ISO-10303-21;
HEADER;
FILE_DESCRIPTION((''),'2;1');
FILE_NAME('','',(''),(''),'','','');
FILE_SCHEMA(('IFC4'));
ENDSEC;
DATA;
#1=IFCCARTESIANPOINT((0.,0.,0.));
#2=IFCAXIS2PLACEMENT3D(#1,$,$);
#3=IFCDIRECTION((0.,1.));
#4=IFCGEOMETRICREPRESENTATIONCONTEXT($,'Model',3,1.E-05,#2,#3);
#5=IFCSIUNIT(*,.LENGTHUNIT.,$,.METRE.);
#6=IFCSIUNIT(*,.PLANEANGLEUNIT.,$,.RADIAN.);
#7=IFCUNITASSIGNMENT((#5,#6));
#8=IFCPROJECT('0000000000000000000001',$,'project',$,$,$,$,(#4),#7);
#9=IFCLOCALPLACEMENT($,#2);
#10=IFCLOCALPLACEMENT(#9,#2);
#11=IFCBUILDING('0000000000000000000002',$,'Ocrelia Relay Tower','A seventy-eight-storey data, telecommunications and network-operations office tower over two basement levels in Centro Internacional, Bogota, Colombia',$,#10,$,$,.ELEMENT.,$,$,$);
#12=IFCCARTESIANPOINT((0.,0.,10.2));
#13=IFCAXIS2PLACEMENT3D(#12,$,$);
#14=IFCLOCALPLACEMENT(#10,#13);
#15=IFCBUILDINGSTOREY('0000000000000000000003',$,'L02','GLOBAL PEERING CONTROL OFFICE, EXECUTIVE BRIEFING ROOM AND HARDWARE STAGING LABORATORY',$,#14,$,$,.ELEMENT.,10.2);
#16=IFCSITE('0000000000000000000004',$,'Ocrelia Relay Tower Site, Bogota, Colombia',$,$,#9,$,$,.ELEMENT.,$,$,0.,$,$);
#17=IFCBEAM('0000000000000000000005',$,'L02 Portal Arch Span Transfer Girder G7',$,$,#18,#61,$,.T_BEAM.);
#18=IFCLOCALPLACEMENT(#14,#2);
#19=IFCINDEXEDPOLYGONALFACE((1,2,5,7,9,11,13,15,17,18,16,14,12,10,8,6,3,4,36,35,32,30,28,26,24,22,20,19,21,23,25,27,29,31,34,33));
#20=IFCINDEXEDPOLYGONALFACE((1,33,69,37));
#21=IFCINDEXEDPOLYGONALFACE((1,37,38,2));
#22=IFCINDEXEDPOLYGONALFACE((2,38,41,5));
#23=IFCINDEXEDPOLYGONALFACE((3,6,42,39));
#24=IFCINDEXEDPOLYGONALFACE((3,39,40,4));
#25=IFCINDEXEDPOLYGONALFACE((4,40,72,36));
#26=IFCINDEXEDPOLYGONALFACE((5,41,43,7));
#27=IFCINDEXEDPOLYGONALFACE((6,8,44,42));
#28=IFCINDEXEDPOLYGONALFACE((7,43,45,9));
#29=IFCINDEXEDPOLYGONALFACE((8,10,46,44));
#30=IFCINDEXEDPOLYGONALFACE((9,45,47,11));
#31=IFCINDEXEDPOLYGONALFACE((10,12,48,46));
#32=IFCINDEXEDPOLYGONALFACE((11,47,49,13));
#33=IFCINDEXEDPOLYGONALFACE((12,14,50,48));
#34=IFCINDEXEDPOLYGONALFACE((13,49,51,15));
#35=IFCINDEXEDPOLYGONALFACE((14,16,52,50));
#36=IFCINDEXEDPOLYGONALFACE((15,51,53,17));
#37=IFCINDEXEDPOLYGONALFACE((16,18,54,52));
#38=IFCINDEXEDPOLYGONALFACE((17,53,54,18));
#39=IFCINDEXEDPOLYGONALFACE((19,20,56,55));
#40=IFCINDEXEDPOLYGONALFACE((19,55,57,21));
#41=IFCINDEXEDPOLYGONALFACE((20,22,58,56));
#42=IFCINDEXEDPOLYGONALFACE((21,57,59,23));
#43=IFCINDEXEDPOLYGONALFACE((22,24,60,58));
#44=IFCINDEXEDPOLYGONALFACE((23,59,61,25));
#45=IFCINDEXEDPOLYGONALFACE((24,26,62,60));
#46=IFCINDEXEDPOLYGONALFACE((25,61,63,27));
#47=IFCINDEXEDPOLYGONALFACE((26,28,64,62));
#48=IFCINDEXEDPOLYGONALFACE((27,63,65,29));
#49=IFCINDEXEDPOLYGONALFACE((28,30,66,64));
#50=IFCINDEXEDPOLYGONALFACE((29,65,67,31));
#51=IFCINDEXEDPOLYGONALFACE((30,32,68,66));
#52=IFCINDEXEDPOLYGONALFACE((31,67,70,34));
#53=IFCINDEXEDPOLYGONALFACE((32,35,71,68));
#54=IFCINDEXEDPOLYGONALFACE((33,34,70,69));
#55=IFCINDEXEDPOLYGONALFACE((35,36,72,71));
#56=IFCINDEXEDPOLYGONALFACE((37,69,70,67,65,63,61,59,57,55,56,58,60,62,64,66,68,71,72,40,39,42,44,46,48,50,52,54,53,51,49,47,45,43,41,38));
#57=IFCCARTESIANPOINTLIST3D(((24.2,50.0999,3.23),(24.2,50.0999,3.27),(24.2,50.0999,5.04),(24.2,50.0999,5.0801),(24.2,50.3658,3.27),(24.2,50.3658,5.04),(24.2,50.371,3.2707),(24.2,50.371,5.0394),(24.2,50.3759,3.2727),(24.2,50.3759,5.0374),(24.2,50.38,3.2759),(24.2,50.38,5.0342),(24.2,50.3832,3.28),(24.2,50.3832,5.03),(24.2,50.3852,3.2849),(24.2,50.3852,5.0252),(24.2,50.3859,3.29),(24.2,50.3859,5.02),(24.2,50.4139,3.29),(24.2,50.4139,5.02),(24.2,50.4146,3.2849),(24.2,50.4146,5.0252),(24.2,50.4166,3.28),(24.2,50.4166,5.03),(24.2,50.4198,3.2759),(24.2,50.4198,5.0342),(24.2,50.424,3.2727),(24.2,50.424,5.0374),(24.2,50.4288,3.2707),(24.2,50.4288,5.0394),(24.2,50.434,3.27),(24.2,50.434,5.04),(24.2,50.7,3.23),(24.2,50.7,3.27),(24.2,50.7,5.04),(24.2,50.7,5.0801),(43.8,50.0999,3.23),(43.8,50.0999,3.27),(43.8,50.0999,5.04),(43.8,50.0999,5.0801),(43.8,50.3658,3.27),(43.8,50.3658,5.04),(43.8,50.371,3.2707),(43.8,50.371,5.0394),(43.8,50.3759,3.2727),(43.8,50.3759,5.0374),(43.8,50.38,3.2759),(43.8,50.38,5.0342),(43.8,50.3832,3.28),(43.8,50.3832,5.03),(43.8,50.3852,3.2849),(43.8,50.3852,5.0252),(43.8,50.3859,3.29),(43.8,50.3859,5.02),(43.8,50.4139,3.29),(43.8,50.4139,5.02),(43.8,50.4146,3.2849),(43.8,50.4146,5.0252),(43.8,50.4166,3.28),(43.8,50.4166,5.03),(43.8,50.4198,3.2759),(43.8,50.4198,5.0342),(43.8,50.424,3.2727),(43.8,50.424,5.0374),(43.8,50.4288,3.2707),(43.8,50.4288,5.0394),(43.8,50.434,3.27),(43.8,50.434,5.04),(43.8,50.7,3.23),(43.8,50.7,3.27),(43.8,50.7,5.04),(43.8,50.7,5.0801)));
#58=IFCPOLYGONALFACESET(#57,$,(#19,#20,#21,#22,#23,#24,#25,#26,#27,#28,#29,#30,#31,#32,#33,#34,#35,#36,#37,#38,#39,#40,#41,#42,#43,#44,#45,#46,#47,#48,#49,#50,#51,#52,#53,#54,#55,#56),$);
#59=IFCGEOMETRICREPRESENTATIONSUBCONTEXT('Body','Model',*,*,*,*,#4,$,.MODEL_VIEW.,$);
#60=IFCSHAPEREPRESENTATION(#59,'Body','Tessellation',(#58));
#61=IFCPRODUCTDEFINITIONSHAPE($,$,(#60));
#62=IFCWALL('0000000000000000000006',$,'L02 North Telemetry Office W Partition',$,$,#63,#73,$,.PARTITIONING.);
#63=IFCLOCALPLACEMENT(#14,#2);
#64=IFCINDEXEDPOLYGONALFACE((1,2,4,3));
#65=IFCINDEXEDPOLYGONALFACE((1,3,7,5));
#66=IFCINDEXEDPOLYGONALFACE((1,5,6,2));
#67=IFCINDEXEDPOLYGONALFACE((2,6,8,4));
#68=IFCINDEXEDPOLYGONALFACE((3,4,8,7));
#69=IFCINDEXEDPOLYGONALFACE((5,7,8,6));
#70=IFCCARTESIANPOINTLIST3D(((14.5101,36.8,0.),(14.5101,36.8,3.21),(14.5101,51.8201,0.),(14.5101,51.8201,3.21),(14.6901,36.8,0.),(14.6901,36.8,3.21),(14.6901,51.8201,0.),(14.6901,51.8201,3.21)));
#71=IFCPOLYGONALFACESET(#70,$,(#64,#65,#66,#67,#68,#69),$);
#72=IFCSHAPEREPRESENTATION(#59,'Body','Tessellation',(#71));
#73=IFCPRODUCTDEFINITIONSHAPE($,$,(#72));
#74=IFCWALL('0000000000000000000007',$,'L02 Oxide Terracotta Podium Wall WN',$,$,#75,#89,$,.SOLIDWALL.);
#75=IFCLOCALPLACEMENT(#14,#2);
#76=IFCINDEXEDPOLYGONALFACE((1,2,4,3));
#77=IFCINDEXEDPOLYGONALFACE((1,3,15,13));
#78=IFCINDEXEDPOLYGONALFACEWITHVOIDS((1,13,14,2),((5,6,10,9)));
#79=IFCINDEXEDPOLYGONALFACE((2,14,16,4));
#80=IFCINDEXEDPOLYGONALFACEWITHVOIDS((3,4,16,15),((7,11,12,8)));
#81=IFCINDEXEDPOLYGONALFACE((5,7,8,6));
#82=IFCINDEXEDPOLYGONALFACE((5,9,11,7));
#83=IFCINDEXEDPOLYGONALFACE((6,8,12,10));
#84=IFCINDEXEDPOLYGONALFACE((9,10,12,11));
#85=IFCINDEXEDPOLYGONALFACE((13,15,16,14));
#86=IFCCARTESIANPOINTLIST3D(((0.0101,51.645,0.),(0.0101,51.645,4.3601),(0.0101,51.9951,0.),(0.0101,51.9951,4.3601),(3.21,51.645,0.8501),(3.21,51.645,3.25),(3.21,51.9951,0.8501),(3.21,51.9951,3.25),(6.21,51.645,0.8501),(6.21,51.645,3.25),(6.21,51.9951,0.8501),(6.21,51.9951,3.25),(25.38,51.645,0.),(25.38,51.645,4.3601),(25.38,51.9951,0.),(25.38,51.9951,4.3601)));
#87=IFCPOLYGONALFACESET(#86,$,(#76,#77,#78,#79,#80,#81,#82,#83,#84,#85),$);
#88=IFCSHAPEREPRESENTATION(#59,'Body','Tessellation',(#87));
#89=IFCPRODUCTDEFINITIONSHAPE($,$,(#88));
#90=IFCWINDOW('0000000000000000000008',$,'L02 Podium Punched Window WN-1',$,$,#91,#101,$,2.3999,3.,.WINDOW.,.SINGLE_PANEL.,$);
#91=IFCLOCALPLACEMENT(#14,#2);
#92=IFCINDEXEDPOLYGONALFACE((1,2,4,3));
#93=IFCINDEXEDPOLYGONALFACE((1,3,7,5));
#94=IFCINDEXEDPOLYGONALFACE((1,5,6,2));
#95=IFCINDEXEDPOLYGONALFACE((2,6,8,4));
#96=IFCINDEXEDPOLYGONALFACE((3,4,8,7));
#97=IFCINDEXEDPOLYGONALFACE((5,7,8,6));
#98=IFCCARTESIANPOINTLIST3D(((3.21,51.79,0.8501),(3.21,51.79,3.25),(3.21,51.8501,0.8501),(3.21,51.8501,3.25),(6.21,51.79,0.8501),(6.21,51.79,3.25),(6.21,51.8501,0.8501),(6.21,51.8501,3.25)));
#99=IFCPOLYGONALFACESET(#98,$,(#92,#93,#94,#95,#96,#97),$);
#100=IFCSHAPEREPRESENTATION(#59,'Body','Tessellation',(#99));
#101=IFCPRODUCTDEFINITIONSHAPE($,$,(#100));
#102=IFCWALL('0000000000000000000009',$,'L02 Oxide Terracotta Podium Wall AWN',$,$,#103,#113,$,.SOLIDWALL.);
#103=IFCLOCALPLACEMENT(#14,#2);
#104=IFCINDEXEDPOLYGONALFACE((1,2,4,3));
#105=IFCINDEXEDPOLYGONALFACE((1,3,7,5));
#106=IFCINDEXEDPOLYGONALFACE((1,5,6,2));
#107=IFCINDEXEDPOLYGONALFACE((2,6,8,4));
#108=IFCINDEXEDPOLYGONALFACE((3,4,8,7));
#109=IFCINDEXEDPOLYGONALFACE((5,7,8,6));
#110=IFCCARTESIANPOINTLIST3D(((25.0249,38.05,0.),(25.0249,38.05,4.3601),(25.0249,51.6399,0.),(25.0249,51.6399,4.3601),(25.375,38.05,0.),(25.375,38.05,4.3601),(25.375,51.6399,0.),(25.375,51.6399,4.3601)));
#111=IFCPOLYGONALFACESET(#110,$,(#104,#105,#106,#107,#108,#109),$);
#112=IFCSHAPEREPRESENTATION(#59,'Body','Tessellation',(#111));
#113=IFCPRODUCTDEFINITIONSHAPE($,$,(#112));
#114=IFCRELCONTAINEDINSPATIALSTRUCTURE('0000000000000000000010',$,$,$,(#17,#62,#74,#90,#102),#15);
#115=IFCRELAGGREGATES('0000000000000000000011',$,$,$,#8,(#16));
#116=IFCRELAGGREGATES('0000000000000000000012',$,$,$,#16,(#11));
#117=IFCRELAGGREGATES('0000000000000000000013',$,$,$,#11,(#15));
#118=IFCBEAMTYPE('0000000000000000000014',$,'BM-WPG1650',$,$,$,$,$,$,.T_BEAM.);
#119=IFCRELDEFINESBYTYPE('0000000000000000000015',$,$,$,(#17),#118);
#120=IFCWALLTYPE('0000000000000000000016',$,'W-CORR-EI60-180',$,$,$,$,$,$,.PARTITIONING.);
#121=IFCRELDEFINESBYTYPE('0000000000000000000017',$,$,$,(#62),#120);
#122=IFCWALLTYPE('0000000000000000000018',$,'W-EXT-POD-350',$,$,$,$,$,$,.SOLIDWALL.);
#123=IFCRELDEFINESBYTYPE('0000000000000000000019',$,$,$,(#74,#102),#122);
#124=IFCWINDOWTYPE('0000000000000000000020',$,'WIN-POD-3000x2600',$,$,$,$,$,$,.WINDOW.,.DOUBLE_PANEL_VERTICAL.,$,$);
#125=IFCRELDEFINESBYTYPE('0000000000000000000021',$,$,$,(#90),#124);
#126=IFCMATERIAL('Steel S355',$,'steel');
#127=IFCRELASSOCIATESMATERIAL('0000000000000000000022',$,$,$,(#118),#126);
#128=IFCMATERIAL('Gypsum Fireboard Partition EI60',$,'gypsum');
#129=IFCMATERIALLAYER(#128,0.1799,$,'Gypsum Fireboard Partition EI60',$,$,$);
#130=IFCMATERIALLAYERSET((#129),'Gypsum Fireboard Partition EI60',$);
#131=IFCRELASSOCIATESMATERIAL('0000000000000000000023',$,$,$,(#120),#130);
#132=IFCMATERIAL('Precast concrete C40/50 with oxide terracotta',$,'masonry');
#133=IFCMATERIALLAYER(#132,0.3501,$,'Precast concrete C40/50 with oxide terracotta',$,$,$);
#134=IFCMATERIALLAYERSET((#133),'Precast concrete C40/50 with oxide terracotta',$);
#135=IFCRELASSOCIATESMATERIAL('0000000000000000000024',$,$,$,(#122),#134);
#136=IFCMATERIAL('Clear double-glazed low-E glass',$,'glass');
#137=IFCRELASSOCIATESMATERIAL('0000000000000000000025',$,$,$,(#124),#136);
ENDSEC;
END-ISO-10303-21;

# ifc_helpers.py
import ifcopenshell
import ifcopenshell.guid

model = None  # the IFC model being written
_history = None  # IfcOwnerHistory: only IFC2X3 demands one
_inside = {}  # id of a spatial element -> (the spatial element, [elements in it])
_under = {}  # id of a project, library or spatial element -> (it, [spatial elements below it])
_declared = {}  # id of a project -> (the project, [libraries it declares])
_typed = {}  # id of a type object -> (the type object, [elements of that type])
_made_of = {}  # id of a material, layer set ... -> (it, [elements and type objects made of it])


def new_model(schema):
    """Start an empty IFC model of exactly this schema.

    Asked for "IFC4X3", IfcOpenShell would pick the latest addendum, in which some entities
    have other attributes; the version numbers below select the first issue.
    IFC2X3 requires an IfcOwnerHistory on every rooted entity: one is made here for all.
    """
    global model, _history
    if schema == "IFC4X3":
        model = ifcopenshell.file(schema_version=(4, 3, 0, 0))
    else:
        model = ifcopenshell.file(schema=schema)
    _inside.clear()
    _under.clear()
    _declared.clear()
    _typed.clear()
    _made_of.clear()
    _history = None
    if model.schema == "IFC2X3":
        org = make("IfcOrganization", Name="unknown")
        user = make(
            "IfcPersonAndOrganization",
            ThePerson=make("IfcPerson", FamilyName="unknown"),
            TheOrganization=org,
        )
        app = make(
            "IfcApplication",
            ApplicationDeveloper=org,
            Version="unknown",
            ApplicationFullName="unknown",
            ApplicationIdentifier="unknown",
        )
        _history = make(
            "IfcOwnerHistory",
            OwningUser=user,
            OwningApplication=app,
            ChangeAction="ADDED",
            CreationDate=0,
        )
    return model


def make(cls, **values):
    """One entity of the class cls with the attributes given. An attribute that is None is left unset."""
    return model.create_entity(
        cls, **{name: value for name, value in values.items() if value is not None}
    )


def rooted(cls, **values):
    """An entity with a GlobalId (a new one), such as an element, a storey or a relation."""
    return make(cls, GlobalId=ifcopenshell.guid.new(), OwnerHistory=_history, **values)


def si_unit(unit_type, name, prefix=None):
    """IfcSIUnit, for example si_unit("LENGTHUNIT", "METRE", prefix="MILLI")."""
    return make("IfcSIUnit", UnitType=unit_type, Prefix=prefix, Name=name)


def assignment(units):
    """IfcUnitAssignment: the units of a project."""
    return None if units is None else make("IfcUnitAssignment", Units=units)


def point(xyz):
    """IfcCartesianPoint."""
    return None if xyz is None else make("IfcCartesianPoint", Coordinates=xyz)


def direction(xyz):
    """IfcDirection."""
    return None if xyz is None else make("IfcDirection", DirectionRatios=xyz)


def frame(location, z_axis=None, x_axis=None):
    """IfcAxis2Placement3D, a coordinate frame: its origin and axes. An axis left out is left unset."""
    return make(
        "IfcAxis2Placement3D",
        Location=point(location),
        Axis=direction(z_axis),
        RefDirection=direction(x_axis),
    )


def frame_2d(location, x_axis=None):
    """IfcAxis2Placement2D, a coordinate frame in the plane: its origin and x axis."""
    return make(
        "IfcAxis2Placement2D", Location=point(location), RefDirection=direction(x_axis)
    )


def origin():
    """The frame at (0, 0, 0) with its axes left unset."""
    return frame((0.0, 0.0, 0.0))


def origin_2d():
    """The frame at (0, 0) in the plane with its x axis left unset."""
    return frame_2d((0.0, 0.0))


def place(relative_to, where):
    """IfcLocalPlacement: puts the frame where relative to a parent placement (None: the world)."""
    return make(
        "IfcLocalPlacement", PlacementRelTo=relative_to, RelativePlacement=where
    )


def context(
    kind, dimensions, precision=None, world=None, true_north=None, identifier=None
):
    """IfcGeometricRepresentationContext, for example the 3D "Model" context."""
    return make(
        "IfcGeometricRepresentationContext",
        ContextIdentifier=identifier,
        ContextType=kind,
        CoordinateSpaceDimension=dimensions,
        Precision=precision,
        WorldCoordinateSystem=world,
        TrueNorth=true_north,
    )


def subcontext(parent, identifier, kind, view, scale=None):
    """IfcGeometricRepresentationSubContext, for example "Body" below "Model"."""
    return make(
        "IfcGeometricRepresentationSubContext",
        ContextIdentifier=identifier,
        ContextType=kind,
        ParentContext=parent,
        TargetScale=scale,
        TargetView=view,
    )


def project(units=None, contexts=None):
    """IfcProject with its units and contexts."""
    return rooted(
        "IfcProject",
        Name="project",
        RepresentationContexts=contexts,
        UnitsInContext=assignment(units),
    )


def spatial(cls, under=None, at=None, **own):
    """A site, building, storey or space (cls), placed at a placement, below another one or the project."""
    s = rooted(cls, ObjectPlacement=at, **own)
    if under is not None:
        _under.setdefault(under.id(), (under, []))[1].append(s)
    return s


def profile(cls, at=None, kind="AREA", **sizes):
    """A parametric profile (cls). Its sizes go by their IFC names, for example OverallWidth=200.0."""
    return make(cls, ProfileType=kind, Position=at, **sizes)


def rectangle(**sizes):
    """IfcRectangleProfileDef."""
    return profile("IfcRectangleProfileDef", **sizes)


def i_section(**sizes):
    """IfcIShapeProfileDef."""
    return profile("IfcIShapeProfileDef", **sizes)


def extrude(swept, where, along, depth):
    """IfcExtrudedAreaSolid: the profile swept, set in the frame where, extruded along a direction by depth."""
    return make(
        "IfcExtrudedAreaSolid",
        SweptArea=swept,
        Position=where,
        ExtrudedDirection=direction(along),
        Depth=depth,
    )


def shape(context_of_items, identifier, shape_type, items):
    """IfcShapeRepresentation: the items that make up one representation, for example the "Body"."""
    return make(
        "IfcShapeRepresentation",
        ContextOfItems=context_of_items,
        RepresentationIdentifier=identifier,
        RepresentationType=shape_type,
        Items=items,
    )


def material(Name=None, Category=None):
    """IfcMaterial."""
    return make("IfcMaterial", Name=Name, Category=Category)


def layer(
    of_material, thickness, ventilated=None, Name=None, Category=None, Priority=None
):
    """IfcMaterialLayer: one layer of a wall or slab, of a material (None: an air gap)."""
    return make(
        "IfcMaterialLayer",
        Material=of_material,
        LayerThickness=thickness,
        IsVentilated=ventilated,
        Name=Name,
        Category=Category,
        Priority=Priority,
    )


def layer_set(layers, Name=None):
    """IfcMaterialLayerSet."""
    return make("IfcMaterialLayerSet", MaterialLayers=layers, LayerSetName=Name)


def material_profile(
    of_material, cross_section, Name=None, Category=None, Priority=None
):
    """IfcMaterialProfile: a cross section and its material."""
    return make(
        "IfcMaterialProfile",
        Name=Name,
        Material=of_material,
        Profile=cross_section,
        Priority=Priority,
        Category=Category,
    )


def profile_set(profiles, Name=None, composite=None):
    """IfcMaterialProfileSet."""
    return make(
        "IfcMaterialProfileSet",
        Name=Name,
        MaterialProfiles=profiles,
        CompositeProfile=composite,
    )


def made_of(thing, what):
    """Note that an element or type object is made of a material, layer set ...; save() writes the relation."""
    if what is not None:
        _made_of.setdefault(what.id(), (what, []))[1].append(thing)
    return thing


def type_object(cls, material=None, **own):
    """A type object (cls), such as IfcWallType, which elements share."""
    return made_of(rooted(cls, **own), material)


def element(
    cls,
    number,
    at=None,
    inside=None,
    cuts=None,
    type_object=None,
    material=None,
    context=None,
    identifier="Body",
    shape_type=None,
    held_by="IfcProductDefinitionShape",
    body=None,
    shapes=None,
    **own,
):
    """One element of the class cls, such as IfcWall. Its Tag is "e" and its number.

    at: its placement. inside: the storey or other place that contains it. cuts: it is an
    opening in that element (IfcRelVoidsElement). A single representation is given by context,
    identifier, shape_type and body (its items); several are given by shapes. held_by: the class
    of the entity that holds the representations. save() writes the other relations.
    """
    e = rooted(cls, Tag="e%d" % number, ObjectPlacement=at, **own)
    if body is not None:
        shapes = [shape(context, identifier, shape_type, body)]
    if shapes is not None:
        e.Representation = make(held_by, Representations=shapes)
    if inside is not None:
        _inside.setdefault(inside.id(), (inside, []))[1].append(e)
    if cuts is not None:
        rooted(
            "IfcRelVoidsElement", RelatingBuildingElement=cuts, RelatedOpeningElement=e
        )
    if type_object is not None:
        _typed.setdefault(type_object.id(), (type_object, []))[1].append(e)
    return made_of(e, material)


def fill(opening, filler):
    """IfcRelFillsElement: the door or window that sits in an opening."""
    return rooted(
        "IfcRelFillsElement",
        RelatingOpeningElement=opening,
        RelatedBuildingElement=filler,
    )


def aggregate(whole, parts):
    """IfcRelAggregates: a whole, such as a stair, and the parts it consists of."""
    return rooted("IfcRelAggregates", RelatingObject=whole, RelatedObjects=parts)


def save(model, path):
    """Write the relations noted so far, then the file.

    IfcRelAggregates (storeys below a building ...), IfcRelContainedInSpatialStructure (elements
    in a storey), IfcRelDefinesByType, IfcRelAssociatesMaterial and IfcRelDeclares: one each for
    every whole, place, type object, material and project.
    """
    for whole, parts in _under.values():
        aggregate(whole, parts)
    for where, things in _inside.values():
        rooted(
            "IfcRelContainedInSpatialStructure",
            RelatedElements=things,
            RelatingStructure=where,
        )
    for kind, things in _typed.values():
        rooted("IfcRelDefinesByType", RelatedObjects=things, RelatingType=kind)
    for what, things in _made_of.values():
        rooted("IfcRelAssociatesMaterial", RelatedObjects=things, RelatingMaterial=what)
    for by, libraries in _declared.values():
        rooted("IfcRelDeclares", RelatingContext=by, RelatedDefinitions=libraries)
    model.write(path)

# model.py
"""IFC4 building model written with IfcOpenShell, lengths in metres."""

from ifc_helpers import new_model, si_unit, direction, frame, frame_2d, origin, origin_2d, place, context, subcontext, project, spatial, rectangle, i_section, extrude, material, layer, layer_set, material_profile, profile_set, type_object, element, fill, save


model = new_model("IFC4")

# Units and contexts
model_context = context("Model", 3, precision=1e-05, world=origin(), true_north=direction((0.0, 1.0)))
body_context = subcontext(model_context, "Body", "Model", "MODEL_VIEW")
ifc_project = project(units=[si_unit("LENGTHUNIT", "METRE"), si_unit("PLANEANGLEUNIT", "RADIAN")], contexts=[model_context])

# Site, building, storey
site_placement = place(None, origin())
site = spatial("IfcSite", under=ifc_project, at=site_placement, Name="Ocrelia Relay Tower Site, Bogota, Colombia", CompositionType="ELEMENT", RefElevation=0.0)
building_placement = place(site_placement, origin())
building = spatial("IfcBuilding", under=site, at=building_placement, Name="Ocrelia Relay Tower", Description="A seventy-eight-storey data, telecommunications and network-operations office tower over two basement levels in Centro Internacional, Bogota, Colombia", CompositionType="ELEMENT")
storey_placement = place(building_placement, frame((0.0, 0.0, 10.2)))
storey = spatial("IfcBuildingStorey", under=building, at=storey_placement, Name="L02", Description="GLOBAL PEERING CONTROL OFFICE, EXECUTIVE BRIEFING ROOM AND HARDWARE STAGING LABORATORY", CompositionType="ELEMENT", Elevation=10.2)

# Beam
ifc_material_1 = material(Name="Steel S355", Category="steel")
ifc_material_profile_1 = material_profile(ifc_material_1, i_section(OverallWidth=0.6001, OverallDepth=1.8501, WebThickness=0.0281, FlangeThickness=0.04, FilletRadius=0.02, at=origin_2d()), Name="WPG 1850x600")
ifc_profile_set_1 = profile_set([ifc_material_profile_1], Name="Steel S355")
beam_type_1 = type_object("IfcBeamType", Name="BM-WPG1650", PredefinedType="T_BEAM", material=ifc_profile_set_1)
for number, where, z_axis, x_axis, name in (
    (1, (24.2, 50.3999, 4.155), (1.0, 0.0, 0.0), (0.0, 1.0, 0.0), "L02 Portal Arch Span Transfer Girder G7"),
):
    element("IfcBeam", number, at=place(storey_placement, frame(where, z_axis=z_axis, x_axis=x_axis)), inside=storey, type_object=beam_type_1, Name=name, PredefinedType="T_BEAM", context=body_context, shape_type="SweptSolid", body=[
        extrude(i_section(OverallWidth=0.6001, OverallDepth=1.8501, WebThickness=0.0281, FlangeThickness=0.04, FilletRadius=0.02, at=origin_2d()), origin(), (0.0, 0.0, 1.0), 19.6001),
    ])

# Wall
ifc_material_2 = material(Name="Gypsum Fireboard Partition EI60", Category="gypsum")
ifc_layer_1 = layer(ifc_material_2, 0.1799, Name="Gypsum Fireboard Partition EI60")
ifc_layer_set_1 = layer_set([ifc_layer_1], Name="Gypsum Fireboard Partition EI60")
wall_type_1 = type_object("IfcWallType", Name="W-CORR-EI60-180", PredefinedType="PARTITIONING", material=ifc_layer_set_1)
wall_1_placement = place(storey_placement, frame((14.6001, 51.8201, 0.0), z_axis=(0.0, 0.0, 1.0), x_axis=(0.0, -1.0, 0.0)))
element("IfcWall", 2, at=wall_1_placement, inside=storey, type_object=wall_type_1, Name="L02 North Telemetry Office W Partition", PredefinedType="PARTITIONING", context=body_context, shape_type="SweptSolid", body=[
    extrude(rectangle(XDim=15.02, YDim=0.1799, at=frame_2d((7.51, 0.0))), origin(), (0.0, 0.0, 1.0), 3.21),
])

# Wall, opening, window
ifc_material_3 = material(Name="Precast concrete C40/50 with oxide terracotta", Category="masonry")
ifc_layer_2 = layer(ifc_material_3, 0.3501, Name="Precast concrete C40/50 with oxide terracotta")
ifc_layer_set_2 = layer_set([ifc_layer_2], Name="Precast concrete C40/50 with oxide terracotta")
wall_type_2 = type_object("IfcWallType", Name="W-EXT-POD-350", PredefinedType="SOLIDWALL", material=ifc_layer_set_2)
wall_2_placement = place(storey_placement, frame((0.01, 51.8201, 0.0), z_axis=(0.0, 0.0, 1.0), x_axis=(1.0, 0.0, 0.0)))
wall_2 = element("IfcWall", 3, at=wall_2_placement, inside=storey, type_object=wall_type_2, Name="L02 Oxide Terracotta Podium Wall WN", PredefinedType="SOLIDWALL", context=body_context, shape_type="SweptSolid", body=[
    extrude(rectangle(XDim=25.3699, YDim=0.3501, at=frame_2d((12.6851, 0.0))), origin(), (0.0, 0.0, 1.0), 4.3601),
])
opening_placement = place(wall_2_placement, frame((3.2, 0.0, 0.8501)))
opening = element("IfcOpeningElement", 4, at=opening_placement, cuts=wall_2, PredefinedType="OPENING", context=body_context, shape_type="SweptSolid", body=[
    extrude(rectangle(XDim=3.0, YDim=2.3999, at=frame_2d((1.5, 1.2))), frame((0.0, 0.1851, 0.0), z_axis=(0.0, -1.0, 0.0), x_axis=(1.0, 0.0, 0.0)), (0.0, 0.0, 1.0), 0.3701),
])
ifc_material_4 = material(Name="Clear double-glazed low-E glass", Category="glass")
window_type = type_object("IfcWindowType", Name="WIN-POD-3000x2600", PartitioningType="DOUBLE_PANEL_VERTICAL", PredefinedType="WINDOW", material=ifc_material_4)
window_placement = place(opening_placement, origin())
window = element("IfcWindow", 5, at=window_placement, inside=storey, type_object=window_type, Name="L02 Podium Punched Window WN-1", OverallHeight=2.3999, OverallWidth=3.0, PartitioningType="SINGLE_PANEL", PredefinedType="WINDOW", context=body_context, shape_type="SweptSolid", body=[
    extrude(rectangle(XDim=3.0, YDim=2.3999, at=frame_2d((1.5, 1.2))), frame((0.0, 0.03, 0.0), z_axis=(0.0, -1.0, 0.0), x_axis=(1.0, 0.0, 0.0)), (0.0, 0.0, 1.0), 0.0601),
])
fill(opening, window)

# Wall
wall_3_placement = place(storey_placement, frame((25.2, 51.6399, 0.0), z_axis=(0.0, 0.0, 1.0), x_axis=(0.0, -1.0, 0.0)))
element("IfcWall", 6, at=wall_3_placement, inside=storey, type_object=wall_type_2, Name="L02 Oxide Terracotta Podium Wall AWN", PredefinedType="SOLIDWALL", context=body_context, shape_type="SweptSolid", body=[
    extrude(rectangle(XDim=13.5898, YDim=0.3501, at=frame_2d((6.7949, 0.0))), origin(), (0.0, 0.0, 1.0), 4.3601),
])

save(model, "model.ifc")
